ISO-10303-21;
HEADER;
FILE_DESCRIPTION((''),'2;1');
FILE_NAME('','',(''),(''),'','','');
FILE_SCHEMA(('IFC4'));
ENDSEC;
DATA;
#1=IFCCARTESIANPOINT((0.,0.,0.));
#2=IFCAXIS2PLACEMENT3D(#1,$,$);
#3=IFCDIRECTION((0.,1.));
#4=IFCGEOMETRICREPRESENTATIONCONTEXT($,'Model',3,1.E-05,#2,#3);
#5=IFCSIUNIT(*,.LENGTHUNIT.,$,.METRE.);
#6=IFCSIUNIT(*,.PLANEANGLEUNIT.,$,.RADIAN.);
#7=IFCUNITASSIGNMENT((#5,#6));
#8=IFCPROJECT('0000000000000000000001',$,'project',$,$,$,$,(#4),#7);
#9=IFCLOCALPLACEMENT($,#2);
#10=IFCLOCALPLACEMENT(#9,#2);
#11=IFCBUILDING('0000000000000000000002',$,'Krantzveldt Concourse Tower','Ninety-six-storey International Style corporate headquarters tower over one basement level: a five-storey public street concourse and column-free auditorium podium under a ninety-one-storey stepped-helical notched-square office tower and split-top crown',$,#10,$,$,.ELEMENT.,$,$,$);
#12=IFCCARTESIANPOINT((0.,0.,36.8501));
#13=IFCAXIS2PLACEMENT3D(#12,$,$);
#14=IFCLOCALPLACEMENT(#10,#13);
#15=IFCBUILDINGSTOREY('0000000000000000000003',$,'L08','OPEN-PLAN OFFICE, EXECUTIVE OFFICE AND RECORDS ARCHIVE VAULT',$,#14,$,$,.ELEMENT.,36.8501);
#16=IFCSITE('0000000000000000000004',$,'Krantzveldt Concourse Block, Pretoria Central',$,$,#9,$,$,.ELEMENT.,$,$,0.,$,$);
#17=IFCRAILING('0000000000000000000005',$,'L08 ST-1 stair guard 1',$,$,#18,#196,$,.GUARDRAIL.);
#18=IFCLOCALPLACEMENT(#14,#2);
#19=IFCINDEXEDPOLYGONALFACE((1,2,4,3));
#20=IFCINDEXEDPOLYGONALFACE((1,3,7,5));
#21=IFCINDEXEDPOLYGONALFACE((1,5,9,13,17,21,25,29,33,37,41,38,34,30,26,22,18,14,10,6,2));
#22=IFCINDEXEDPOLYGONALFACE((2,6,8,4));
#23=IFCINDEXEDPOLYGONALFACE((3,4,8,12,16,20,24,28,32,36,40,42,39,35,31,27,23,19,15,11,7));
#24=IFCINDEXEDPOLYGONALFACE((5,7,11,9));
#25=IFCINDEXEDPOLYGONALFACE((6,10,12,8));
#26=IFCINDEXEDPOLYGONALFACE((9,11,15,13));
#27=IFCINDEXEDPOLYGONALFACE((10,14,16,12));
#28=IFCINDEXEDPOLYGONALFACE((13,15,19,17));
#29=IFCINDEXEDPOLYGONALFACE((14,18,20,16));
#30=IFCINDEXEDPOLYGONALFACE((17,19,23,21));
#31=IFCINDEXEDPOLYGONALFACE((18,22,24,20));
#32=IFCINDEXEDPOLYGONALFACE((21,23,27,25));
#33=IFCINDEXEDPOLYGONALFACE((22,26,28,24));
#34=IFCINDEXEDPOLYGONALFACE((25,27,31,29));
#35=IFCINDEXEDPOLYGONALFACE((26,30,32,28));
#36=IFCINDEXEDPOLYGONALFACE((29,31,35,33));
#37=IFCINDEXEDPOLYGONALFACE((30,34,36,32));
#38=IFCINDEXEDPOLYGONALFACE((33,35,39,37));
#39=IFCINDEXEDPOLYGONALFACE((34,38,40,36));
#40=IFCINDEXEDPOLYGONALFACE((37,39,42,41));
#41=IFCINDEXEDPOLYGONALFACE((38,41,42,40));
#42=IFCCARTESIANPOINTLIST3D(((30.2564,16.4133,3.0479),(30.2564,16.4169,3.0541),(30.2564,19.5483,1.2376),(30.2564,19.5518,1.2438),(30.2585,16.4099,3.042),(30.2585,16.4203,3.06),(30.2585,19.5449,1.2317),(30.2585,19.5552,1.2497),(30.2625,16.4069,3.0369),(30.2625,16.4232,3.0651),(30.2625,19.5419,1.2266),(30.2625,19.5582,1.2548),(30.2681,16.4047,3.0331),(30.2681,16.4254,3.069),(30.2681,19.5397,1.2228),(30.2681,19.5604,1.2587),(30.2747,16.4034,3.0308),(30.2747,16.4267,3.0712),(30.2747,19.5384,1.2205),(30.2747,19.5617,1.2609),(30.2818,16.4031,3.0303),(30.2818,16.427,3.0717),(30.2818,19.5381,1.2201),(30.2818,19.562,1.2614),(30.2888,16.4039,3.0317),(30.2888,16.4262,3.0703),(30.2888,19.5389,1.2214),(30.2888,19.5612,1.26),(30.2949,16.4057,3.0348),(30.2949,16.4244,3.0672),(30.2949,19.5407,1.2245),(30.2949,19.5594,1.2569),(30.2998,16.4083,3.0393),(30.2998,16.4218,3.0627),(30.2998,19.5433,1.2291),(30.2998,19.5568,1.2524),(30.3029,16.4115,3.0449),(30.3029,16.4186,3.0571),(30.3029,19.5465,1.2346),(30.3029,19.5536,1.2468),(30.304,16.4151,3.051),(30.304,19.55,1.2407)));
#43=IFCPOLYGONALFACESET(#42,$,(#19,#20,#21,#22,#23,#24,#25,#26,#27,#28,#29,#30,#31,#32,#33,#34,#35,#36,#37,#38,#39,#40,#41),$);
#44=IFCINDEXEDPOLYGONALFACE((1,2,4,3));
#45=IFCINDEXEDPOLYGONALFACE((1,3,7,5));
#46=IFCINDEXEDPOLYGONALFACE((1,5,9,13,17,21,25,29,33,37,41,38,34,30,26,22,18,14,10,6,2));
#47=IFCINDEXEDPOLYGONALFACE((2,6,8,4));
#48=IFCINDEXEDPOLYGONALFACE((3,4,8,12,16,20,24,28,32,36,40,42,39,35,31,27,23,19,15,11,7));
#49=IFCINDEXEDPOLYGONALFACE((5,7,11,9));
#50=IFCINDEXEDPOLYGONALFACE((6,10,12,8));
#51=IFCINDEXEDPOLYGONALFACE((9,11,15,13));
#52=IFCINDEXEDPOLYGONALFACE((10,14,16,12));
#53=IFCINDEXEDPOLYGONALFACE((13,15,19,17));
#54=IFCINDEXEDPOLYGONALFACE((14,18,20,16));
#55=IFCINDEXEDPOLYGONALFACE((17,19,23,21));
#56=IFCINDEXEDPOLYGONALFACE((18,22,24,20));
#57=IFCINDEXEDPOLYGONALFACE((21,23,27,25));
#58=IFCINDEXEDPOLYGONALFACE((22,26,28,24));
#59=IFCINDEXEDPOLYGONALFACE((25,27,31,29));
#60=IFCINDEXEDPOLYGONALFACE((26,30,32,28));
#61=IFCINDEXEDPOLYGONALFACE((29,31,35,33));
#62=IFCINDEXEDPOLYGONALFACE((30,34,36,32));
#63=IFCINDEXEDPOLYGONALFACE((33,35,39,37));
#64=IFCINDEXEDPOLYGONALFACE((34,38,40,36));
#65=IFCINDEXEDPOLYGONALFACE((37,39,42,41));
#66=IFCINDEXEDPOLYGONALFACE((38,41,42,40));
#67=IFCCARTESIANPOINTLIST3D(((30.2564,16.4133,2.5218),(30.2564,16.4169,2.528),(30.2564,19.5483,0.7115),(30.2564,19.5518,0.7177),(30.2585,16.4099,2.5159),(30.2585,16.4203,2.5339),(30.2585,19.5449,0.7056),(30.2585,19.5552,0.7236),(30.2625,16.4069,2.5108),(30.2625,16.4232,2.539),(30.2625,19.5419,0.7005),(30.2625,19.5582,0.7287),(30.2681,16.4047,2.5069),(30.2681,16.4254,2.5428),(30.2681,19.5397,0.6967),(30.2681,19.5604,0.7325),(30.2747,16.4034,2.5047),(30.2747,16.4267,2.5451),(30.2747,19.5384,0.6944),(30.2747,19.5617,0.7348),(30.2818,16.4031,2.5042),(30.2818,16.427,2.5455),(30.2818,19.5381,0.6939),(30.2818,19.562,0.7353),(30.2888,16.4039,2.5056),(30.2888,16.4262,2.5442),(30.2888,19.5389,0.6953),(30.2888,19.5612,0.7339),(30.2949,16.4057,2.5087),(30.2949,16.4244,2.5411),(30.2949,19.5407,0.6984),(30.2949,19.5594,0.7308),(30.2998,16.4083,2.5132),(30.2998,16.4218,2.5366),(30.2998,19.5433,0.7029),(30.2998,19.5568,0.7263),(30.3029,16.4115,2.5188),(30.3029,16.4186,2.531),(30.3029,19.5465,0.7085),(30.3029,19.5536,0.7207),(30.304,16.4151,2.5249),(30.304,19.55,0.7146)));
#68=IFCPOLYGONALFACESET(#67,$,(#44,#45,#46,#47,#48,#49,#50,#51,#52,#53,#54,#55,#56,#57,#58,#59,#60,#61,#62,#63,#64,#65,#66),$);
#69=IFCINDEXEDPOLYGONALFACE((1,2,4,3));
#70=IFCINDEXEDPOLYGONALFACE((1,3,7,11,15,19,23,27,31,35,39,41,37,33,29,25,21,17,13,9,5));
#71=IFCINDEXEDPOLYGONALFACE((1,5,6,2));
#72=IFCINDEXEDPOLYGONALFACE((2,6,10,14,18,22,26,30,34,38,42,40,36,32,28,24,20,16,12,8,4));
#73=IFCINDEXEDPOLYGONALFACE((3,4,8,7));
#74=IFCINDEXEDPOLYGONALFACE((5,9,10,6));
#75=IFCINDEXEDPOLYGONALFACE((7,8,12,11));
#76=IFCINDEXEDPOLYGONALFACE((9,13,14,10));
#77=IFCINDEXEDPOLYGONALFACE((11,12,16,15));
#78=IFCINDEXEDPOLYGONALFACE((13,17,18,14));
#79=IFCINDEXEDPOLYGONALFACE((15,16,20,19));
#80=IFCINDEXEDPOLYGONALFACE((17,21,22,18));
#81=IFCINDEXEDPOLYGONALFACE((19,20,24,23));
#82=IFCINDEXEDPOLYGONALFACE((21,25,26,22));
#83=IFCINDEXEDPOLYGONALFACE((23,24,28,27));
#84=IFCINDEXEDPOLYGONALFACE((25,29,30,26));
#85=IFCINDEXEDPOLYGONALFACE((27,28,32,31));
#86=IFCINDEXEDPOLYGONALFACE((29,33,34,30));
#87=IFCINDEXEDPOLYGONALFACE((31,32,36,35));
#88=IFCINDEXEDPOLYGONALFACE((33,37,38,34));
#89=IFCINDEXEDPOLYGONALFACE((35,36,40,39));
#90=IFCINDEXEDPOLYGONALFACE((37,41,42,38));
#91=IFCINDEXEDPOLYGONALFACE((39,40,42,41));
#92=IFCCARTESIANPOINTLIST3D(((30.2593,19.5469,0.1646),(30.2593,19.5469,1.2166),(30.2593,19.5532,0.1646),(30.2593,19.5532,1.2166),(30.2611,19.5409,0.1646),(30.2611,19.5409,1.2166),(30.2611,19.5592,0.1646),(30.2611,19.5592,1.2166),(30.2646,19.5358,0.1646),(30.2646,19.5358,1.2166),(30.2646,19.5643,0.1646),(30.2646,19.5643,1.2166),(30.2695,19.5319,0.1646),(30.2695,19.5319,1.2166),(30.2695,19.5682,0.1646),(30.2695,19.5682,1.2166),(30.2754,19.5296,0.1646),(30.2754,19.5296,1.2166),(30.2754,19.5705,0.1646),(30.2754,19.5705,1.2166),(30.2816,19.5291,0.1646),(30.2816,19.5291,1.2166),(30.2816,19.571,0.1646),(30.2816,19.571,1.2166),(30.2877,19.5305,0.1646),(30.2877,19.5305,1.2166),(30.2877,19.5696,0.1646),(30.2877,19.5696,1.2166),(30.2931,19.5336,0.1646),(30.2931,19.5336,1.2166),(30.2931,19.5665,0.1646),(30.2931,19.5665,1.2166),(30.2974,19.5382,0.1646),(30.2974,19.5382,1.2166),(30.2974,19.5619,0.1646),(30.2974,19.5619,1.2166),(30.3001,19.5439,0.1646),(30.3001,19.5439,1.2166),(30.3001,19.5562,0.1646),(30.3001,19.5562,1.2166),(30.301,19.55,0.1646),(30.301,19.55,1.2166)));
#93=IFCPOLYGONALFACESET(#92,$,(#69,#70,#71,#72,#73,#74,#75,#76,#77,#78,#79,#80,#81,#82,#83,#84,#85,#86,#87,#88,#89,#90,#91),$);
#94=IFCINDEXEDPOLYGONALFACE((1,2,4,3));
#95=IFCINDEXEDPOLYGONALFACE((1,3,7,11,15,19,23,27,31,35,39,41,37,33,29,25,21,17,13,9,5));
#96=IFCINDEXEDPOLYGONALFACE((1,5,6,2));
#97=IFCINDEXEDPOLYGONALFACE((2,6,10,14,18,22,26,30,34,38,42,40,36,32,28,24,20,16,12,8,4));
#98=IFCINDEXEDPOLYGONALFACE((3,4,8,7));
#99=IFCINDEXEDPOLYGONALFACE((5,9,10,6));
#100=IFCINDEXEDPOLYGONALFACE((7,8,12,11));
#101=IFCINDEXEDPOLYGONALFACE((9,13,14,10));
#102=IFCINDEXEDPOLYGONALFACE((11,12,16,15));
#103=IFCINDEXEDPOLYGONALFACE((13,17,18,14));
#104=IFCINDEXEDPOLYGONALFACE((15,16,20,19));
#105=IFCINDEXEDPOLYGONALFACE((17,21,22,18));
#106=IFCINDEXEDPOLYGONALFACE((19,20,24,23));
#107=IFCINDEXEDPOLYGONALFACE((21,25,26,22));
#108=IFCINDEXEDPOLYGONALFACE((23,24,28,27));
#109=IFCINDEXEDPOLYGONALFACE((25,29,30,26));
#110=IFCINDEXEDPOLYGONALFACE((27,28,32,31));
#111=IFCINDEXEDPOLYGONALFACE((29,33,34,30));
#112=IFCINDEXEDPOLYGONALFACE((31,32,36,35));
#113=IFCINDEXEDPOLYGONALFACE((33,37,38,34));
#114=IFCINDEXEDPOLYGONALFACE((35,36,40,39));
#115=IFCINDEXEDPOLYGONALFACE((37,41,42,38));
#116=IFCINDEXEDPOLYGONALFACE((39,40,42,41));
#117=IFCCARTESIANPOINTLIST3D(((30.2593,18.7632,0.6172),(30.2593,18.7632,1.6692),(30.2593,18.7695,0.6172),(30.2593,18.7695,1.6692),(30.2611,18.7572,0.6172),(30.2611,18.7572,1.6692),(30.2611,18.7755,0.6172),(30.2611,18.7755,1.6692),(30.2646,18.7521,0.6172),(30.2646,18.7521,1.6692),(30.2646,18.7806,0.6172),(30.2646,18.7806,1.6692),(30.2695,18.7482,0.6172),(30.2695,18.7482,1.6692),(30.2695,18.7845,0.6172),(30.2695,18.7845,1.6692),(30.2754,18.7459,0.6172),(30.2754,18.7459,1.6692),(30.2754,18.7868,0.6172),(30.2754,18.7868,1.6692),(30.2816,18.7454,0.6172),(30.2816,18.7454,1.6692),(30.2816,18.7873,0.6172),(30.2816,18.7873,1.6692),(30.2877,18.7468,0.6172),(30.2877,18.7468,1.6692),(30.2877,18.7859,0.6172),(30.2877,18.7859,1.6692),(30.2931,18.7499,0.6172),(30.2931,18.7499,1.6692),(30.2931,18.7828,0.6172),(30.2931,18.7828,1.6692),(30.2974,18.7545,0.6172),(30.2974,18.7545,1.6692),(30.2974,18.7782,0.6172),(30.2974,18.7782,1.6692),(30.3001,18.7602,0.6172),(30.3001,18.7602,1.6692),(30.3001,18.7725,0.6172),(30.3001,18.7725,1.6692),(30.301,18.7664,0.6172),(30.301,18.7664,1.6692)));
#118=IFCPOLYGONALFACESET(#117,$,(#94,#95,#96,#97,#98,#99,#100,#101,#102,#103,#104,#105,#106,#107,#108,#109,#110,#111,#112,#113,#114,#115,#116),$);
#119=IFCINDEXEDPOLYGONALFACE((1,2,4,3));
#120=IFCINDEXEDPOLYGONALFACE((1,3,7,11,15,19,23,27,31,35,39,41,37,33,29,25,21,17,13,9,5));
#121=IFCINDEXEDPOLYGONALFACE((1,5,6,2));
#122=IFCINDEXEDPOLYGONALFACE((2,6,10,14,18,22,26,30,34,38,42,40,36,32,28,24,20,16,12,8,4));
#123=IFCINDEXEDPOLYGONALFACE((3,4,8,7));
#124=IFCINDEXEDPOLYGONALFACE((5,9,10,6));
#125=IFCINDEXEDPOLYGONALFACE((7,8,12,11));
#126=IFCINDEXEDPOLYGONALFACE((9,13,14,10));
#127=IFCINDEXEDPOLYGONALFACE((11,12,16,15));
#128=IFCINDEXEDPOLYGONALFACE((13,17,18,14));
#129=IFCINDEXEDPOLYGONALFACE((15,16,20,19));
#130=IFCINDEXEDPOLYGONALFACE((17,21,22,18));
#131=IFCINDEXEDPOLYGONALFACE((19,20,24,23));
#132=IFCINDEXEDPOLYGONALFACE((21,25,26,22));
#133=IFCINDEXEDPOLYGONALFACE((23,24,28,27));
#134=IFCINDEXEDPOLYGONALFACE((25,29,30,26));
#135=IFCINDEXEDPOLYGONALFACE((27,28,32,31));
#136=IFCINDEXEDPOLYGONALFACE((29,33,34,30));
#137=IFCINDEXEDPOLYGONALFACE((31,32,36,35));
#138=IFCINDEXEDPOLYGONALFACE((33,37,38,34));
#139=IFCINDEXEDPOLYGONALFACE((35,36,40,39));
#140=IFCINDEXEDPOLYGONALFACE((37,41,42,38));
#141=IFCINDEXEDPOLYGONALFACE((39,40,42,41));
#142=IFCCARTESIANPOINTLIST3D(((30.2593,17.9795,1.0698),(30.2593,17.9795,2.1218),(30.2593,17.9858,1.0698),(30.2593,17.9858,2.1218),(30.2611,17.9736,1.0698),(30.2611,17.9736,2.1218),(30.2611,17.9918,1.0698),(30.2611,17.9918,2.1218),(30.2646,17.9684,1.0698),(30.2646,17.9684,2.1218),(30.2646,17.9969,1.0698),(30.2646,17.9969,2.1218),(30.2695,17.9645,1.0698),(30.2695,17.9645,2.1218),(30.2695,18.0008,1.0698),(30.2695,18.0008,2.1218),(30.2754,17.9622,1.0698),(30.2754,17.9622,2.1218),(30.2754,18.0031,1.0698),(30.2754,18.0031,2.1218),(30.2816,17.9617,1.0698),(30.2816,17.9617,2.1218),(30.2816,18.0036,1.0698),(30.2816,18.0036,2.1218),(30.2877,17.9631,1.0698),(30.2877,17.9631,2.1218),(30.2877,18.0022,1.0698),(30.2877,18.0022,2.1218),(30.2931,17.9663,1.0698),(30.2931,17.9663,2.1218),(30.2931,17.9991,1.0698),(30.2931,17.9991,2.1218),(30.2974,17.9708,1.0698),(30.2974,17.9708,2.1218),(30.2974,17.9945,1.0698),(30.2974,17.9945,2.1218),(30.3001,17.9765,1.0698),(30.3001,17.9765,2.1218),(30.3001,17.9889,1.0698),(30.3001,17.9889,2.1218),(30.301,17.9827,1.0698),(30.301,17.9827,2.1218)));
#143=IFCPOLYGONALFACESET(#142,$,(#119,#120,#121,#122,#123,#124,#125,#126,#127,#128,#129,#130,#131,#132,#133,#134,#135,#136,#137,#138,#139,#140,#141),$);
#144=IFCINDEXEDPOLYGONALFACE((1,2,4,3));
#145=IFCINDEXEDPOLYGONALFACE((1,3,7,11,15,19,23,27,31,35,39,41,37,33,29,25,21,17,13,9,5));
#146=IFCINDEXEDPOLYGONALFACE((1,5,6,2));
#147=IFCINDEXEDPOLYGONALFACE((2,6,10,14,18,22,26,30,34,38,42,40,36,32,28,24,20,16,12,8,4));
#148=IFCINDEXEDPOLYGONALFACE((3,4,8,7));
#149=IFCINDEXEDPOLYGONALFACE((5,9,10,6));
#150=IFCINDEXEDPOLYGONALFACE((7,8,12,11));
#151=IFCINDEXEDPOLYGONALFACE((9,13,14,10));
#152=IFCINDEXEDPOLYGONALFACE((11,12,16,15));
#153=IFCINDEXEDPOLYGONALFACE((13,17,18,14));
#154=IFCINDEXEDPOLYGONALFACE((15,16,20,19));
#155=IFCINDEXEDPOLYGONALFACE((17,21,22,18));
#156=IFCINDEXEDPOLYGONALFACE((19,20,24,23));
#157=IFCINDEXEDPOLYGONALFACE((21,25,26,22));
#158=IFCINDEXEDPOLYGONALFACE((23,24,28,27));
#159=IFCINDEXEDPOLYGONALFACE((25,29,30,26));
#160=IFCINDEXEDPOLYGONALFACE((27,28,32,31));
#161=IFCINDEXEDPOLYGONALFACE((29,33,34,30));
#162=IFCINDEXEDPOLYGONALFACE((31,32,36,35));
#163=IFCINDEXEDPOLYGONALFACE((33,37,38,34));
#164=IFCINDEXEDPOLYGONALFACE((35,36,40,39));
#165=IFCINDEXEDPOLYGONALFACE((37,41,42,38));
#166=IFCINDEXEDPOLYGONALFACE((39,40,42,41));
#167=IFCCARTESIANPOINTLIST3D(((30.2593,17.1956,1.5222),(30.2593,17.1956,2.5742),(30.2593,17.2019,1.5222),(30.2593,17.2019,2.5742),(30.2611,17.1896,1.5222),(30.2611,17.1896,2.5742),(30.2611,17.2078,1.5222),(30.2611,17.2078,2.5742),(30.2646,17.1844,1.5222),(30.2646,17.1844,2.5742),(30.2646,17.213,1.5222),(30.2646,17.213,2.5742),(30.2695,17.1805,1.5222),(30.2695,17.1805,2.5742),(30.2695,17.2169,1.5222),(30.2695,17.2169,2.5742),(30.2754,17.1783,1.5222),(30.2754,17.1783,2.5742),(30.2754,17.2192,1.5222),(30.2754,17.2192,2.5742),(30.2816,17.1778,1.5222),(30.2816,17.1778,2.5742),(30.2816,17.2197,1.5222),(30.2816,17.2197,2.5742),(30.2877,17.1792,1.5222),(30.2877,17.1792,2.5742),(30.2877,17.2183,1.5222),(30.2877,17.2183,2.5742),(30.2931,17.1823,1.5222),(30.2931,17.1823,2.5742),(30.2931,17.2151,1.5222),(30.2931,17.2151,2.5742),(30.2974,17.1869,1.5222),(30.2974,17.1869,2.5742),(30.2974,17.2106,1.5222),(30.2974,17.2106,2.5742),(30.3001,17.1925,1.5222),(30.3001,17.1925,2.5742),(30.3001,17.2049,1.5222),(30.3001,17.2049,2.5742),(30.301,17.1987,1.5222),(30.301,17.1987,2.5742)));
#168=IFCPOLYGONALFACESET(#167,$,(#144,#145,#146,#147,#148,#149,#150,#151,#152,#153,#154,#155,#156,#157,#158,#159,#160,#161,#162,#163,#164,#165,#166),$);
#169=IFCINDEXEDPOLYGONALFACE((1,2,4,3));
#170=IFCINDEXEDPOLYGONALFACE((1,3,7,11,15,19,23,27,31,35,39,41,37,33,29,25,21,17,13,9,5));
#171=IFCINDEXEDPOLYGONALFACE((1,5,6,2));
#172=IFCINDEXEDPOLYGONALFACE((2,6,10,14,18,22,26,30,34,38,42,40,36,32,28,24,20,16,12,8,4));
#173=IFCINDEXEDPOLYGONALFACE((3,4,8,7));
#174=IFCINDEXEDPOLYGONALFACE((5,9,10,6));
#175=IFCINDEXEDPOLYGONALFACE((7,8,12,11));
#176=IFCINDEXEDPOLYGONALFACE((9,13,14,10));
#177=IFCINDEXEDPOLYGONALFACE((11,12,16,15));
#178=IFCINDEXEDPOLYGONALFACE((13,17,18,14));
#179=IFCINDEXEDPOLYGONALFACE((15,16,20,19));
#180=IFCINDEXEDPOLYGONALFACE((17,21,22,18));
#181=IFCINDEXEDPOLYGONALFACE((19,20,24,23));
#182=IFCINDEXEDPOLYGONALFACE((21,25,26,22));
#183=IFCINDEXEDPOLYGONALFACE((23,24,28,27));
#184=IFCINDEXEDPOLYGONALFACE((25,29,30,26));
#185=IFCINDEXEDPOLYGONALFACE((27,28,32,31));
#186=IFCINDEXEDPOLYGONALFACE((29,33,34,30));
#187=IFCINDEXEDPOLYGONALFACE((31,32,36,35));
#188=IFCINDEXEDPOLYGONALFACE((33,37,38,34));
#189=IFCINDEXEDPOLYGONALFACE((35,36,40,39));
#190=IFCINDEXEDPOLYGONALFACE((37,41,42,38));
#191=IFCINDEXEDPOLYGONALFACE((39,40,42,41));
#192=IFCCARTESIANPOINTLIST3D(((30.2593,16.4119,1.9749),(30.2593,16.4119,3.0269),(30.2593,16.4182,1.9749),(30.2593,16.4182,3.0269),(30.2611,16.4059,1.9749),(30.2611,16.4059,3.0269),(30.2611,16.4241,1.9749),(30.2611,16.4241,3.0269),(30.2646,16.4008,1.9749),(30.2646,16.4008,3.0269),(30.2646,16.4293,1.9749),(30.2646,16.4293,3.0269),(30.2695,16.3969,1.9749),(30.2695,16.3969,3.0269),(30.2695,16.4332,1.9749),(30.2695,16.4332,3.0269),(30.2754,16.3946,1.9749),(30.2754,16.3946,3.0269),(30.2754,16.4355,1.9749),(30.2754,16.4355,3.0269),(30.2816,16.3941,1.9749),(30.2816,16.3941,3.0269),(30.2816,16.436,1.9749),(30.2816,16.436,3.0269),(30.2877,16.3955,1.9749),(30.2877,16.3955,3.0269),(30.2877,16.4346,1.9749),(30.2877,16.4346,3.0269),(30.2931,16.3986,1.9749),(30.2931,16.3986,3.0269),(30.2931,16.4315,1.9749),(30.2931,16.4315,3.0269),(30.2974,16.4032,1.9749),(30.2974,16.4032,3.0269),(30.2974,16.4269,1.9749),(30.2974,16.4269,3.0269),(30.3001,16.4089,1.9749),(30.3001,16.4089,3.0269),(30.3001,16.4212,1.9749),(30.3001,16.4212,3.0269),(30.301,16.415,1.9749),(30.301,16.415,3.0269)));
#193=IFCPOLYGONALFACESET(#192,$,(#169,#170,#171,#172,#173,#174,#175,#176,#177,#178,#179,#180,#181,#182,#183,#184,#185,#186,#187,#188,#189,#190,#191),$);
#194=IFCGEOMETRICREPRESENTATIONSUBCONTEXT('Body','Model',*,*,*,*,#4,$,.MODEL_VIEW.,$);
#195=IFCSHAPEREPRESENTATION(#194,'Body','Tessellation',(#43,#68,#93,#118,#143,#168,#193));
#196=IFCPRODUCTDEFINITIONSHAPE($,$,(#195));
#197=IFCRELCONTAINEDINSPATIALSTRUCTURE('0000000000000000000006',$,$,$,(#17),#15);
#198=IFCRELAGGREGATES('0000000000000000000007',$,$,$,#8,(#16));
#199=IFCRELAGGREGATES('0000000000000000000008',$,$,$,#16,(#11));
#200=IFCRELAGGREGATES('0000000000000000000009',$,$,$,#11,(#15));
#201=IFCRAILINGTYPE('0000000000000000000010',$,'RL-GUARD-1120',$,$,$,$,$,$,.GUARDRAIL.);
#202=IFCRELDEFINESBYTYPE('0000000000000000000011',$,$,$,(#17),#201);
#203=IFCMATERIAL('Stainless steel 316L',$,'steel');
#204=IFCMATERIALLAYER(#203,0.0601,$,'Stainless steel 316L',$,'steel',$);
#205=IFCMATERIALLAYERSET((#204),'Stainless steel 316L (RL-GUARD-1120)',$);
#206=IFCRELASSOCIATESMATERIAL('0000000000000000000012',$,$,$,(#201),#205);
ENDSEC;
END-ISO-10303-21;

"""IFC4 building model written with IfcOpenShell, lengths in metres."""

from ifc_helpers import new_model, si_unit, direction, frame, origin, origin_2d, place, context, subcontext, project, spatial, circle, extrude, material, layer, layer_set, type_object, element, save


model = new_model("IFC4")

# Units and contexts
model_context = context("Model", 3, precision=1e-05, world=origin(), true_north=direction((0.0, 1.0)))
body_context = subcontext(model_context, "Body", "Model", "MODEL_VIEW")
ifc_project = project(units=[si_unit("LENGTHUNIT", "METRE"), si_unit("PLANEANGLEUNIT", "RADIAN")], contexts=[model_context])

# Site, building, storey
site_placement = place(None, origin())
site = spatial("IfcSite", under=ifc_project, at=site_placement, Name="Krantzveldt Concourse Block, Pretoria Central", CompositionType="ELEMENT", RefElevation=0.0)
building_placement = place(site_placement, origin())
building = spatial("IfcBuilding", under=site, at=building_placement, Name="Krantzveldt Concourse Tower", Description="Ninety-six-storey International Style corporate headquarters tower over one basement level: a five-storey public street concourse and column-free auditorium podium under a ninety-one-storey stepped-helical notched-square office tower and split-top crown", CompositionType="ELEMENT")
storey_placement = place(building_placement, frame((0.0, 0.0, 36.8501)))
storey = spatial("IfcBuildingStorey", under=building, at=storey_placement, Name="L08", Description="OPEN-PLAN OFFICE, EXECUTIVE OFFICE AND RECORDS ARCHIVE VAULT", CompositionType="ELEMENT", Elevation=36.8501)

# Railing
ifc_material_1 = material(Name="Stainless steel 316L", Category="steel")
ifc_layer_1 = layer(ifc_material_1, 0.0601, Name="Stainless steel 316L", Category="steel")
ifc_layer_set_1 = layer_set([ifc_layer_1], Name="Stainless steel 316L (RL-GUARD-1120)")
railing_type_1 = type_object("IfcRailingType", Name="RL-GUARD-1120", PredefinedType="GUARDRAIL", material=ifc_layer_set_1)
railing_1_placement = place(storey_placement, frame((30.28, 19.55, 0.1646)))
element("IfcRailing", 1, at=railing_1_placement, inside=storey, type_object=railing_type_1, Name="L08 ST-1 stair guard 1", PredefinedType="GUARDRAIL", context=body_context, shape_type="SweptSolid", body=[
    extrude(circle(Radius=0.0239, at=origin_2d()), frame((0.0, 0.0, 1.0762), z_axis=(0.0, -0.865989, 0.500063), x_axis=(1.0, 0.0, 0.0)), (0.0, 0.0, 1.0), 3.6201),
    extrude(circle(Radius=0.0239, at=origin_2d()), frame((0.0, 0.0, 0.55), z_axis=(0.0, -0.865989, 0.500063), x_axis=(1.0, 0.0, 0.0)), (0.0, 0.0, 1.0), 3.6201),
    extrude(circle(Radius=0.021, at=origin_2d()), origin(), (0.0, 0.0, 1.0), 1.052),
    extrude(circle(Radius=0.021, at=origin_2d()), frame((0.0, -0.7837, 0.4526)), (0.0, 0.0, 1.0), 1.052),
    extrude(circle(Radius=0.021, at=origin_2d()), frame((0.0, -1.5674, 0.9053)), (0.0, 0.0, 1.0), 1.052),
    extrude(circle(Radius=0.021, at=origin_2d()), frame((0.0, -2.3513, 1.3577)), (0.0, 0.0, 1.0), 1.052),
    extrude(circle(Radius=0.021, at=origin_2d()), frame((0.0, -3.135, 1.8103)), (0.0, 0.0, 1.0), 1.052),
])

save(model, "model.ifc")
